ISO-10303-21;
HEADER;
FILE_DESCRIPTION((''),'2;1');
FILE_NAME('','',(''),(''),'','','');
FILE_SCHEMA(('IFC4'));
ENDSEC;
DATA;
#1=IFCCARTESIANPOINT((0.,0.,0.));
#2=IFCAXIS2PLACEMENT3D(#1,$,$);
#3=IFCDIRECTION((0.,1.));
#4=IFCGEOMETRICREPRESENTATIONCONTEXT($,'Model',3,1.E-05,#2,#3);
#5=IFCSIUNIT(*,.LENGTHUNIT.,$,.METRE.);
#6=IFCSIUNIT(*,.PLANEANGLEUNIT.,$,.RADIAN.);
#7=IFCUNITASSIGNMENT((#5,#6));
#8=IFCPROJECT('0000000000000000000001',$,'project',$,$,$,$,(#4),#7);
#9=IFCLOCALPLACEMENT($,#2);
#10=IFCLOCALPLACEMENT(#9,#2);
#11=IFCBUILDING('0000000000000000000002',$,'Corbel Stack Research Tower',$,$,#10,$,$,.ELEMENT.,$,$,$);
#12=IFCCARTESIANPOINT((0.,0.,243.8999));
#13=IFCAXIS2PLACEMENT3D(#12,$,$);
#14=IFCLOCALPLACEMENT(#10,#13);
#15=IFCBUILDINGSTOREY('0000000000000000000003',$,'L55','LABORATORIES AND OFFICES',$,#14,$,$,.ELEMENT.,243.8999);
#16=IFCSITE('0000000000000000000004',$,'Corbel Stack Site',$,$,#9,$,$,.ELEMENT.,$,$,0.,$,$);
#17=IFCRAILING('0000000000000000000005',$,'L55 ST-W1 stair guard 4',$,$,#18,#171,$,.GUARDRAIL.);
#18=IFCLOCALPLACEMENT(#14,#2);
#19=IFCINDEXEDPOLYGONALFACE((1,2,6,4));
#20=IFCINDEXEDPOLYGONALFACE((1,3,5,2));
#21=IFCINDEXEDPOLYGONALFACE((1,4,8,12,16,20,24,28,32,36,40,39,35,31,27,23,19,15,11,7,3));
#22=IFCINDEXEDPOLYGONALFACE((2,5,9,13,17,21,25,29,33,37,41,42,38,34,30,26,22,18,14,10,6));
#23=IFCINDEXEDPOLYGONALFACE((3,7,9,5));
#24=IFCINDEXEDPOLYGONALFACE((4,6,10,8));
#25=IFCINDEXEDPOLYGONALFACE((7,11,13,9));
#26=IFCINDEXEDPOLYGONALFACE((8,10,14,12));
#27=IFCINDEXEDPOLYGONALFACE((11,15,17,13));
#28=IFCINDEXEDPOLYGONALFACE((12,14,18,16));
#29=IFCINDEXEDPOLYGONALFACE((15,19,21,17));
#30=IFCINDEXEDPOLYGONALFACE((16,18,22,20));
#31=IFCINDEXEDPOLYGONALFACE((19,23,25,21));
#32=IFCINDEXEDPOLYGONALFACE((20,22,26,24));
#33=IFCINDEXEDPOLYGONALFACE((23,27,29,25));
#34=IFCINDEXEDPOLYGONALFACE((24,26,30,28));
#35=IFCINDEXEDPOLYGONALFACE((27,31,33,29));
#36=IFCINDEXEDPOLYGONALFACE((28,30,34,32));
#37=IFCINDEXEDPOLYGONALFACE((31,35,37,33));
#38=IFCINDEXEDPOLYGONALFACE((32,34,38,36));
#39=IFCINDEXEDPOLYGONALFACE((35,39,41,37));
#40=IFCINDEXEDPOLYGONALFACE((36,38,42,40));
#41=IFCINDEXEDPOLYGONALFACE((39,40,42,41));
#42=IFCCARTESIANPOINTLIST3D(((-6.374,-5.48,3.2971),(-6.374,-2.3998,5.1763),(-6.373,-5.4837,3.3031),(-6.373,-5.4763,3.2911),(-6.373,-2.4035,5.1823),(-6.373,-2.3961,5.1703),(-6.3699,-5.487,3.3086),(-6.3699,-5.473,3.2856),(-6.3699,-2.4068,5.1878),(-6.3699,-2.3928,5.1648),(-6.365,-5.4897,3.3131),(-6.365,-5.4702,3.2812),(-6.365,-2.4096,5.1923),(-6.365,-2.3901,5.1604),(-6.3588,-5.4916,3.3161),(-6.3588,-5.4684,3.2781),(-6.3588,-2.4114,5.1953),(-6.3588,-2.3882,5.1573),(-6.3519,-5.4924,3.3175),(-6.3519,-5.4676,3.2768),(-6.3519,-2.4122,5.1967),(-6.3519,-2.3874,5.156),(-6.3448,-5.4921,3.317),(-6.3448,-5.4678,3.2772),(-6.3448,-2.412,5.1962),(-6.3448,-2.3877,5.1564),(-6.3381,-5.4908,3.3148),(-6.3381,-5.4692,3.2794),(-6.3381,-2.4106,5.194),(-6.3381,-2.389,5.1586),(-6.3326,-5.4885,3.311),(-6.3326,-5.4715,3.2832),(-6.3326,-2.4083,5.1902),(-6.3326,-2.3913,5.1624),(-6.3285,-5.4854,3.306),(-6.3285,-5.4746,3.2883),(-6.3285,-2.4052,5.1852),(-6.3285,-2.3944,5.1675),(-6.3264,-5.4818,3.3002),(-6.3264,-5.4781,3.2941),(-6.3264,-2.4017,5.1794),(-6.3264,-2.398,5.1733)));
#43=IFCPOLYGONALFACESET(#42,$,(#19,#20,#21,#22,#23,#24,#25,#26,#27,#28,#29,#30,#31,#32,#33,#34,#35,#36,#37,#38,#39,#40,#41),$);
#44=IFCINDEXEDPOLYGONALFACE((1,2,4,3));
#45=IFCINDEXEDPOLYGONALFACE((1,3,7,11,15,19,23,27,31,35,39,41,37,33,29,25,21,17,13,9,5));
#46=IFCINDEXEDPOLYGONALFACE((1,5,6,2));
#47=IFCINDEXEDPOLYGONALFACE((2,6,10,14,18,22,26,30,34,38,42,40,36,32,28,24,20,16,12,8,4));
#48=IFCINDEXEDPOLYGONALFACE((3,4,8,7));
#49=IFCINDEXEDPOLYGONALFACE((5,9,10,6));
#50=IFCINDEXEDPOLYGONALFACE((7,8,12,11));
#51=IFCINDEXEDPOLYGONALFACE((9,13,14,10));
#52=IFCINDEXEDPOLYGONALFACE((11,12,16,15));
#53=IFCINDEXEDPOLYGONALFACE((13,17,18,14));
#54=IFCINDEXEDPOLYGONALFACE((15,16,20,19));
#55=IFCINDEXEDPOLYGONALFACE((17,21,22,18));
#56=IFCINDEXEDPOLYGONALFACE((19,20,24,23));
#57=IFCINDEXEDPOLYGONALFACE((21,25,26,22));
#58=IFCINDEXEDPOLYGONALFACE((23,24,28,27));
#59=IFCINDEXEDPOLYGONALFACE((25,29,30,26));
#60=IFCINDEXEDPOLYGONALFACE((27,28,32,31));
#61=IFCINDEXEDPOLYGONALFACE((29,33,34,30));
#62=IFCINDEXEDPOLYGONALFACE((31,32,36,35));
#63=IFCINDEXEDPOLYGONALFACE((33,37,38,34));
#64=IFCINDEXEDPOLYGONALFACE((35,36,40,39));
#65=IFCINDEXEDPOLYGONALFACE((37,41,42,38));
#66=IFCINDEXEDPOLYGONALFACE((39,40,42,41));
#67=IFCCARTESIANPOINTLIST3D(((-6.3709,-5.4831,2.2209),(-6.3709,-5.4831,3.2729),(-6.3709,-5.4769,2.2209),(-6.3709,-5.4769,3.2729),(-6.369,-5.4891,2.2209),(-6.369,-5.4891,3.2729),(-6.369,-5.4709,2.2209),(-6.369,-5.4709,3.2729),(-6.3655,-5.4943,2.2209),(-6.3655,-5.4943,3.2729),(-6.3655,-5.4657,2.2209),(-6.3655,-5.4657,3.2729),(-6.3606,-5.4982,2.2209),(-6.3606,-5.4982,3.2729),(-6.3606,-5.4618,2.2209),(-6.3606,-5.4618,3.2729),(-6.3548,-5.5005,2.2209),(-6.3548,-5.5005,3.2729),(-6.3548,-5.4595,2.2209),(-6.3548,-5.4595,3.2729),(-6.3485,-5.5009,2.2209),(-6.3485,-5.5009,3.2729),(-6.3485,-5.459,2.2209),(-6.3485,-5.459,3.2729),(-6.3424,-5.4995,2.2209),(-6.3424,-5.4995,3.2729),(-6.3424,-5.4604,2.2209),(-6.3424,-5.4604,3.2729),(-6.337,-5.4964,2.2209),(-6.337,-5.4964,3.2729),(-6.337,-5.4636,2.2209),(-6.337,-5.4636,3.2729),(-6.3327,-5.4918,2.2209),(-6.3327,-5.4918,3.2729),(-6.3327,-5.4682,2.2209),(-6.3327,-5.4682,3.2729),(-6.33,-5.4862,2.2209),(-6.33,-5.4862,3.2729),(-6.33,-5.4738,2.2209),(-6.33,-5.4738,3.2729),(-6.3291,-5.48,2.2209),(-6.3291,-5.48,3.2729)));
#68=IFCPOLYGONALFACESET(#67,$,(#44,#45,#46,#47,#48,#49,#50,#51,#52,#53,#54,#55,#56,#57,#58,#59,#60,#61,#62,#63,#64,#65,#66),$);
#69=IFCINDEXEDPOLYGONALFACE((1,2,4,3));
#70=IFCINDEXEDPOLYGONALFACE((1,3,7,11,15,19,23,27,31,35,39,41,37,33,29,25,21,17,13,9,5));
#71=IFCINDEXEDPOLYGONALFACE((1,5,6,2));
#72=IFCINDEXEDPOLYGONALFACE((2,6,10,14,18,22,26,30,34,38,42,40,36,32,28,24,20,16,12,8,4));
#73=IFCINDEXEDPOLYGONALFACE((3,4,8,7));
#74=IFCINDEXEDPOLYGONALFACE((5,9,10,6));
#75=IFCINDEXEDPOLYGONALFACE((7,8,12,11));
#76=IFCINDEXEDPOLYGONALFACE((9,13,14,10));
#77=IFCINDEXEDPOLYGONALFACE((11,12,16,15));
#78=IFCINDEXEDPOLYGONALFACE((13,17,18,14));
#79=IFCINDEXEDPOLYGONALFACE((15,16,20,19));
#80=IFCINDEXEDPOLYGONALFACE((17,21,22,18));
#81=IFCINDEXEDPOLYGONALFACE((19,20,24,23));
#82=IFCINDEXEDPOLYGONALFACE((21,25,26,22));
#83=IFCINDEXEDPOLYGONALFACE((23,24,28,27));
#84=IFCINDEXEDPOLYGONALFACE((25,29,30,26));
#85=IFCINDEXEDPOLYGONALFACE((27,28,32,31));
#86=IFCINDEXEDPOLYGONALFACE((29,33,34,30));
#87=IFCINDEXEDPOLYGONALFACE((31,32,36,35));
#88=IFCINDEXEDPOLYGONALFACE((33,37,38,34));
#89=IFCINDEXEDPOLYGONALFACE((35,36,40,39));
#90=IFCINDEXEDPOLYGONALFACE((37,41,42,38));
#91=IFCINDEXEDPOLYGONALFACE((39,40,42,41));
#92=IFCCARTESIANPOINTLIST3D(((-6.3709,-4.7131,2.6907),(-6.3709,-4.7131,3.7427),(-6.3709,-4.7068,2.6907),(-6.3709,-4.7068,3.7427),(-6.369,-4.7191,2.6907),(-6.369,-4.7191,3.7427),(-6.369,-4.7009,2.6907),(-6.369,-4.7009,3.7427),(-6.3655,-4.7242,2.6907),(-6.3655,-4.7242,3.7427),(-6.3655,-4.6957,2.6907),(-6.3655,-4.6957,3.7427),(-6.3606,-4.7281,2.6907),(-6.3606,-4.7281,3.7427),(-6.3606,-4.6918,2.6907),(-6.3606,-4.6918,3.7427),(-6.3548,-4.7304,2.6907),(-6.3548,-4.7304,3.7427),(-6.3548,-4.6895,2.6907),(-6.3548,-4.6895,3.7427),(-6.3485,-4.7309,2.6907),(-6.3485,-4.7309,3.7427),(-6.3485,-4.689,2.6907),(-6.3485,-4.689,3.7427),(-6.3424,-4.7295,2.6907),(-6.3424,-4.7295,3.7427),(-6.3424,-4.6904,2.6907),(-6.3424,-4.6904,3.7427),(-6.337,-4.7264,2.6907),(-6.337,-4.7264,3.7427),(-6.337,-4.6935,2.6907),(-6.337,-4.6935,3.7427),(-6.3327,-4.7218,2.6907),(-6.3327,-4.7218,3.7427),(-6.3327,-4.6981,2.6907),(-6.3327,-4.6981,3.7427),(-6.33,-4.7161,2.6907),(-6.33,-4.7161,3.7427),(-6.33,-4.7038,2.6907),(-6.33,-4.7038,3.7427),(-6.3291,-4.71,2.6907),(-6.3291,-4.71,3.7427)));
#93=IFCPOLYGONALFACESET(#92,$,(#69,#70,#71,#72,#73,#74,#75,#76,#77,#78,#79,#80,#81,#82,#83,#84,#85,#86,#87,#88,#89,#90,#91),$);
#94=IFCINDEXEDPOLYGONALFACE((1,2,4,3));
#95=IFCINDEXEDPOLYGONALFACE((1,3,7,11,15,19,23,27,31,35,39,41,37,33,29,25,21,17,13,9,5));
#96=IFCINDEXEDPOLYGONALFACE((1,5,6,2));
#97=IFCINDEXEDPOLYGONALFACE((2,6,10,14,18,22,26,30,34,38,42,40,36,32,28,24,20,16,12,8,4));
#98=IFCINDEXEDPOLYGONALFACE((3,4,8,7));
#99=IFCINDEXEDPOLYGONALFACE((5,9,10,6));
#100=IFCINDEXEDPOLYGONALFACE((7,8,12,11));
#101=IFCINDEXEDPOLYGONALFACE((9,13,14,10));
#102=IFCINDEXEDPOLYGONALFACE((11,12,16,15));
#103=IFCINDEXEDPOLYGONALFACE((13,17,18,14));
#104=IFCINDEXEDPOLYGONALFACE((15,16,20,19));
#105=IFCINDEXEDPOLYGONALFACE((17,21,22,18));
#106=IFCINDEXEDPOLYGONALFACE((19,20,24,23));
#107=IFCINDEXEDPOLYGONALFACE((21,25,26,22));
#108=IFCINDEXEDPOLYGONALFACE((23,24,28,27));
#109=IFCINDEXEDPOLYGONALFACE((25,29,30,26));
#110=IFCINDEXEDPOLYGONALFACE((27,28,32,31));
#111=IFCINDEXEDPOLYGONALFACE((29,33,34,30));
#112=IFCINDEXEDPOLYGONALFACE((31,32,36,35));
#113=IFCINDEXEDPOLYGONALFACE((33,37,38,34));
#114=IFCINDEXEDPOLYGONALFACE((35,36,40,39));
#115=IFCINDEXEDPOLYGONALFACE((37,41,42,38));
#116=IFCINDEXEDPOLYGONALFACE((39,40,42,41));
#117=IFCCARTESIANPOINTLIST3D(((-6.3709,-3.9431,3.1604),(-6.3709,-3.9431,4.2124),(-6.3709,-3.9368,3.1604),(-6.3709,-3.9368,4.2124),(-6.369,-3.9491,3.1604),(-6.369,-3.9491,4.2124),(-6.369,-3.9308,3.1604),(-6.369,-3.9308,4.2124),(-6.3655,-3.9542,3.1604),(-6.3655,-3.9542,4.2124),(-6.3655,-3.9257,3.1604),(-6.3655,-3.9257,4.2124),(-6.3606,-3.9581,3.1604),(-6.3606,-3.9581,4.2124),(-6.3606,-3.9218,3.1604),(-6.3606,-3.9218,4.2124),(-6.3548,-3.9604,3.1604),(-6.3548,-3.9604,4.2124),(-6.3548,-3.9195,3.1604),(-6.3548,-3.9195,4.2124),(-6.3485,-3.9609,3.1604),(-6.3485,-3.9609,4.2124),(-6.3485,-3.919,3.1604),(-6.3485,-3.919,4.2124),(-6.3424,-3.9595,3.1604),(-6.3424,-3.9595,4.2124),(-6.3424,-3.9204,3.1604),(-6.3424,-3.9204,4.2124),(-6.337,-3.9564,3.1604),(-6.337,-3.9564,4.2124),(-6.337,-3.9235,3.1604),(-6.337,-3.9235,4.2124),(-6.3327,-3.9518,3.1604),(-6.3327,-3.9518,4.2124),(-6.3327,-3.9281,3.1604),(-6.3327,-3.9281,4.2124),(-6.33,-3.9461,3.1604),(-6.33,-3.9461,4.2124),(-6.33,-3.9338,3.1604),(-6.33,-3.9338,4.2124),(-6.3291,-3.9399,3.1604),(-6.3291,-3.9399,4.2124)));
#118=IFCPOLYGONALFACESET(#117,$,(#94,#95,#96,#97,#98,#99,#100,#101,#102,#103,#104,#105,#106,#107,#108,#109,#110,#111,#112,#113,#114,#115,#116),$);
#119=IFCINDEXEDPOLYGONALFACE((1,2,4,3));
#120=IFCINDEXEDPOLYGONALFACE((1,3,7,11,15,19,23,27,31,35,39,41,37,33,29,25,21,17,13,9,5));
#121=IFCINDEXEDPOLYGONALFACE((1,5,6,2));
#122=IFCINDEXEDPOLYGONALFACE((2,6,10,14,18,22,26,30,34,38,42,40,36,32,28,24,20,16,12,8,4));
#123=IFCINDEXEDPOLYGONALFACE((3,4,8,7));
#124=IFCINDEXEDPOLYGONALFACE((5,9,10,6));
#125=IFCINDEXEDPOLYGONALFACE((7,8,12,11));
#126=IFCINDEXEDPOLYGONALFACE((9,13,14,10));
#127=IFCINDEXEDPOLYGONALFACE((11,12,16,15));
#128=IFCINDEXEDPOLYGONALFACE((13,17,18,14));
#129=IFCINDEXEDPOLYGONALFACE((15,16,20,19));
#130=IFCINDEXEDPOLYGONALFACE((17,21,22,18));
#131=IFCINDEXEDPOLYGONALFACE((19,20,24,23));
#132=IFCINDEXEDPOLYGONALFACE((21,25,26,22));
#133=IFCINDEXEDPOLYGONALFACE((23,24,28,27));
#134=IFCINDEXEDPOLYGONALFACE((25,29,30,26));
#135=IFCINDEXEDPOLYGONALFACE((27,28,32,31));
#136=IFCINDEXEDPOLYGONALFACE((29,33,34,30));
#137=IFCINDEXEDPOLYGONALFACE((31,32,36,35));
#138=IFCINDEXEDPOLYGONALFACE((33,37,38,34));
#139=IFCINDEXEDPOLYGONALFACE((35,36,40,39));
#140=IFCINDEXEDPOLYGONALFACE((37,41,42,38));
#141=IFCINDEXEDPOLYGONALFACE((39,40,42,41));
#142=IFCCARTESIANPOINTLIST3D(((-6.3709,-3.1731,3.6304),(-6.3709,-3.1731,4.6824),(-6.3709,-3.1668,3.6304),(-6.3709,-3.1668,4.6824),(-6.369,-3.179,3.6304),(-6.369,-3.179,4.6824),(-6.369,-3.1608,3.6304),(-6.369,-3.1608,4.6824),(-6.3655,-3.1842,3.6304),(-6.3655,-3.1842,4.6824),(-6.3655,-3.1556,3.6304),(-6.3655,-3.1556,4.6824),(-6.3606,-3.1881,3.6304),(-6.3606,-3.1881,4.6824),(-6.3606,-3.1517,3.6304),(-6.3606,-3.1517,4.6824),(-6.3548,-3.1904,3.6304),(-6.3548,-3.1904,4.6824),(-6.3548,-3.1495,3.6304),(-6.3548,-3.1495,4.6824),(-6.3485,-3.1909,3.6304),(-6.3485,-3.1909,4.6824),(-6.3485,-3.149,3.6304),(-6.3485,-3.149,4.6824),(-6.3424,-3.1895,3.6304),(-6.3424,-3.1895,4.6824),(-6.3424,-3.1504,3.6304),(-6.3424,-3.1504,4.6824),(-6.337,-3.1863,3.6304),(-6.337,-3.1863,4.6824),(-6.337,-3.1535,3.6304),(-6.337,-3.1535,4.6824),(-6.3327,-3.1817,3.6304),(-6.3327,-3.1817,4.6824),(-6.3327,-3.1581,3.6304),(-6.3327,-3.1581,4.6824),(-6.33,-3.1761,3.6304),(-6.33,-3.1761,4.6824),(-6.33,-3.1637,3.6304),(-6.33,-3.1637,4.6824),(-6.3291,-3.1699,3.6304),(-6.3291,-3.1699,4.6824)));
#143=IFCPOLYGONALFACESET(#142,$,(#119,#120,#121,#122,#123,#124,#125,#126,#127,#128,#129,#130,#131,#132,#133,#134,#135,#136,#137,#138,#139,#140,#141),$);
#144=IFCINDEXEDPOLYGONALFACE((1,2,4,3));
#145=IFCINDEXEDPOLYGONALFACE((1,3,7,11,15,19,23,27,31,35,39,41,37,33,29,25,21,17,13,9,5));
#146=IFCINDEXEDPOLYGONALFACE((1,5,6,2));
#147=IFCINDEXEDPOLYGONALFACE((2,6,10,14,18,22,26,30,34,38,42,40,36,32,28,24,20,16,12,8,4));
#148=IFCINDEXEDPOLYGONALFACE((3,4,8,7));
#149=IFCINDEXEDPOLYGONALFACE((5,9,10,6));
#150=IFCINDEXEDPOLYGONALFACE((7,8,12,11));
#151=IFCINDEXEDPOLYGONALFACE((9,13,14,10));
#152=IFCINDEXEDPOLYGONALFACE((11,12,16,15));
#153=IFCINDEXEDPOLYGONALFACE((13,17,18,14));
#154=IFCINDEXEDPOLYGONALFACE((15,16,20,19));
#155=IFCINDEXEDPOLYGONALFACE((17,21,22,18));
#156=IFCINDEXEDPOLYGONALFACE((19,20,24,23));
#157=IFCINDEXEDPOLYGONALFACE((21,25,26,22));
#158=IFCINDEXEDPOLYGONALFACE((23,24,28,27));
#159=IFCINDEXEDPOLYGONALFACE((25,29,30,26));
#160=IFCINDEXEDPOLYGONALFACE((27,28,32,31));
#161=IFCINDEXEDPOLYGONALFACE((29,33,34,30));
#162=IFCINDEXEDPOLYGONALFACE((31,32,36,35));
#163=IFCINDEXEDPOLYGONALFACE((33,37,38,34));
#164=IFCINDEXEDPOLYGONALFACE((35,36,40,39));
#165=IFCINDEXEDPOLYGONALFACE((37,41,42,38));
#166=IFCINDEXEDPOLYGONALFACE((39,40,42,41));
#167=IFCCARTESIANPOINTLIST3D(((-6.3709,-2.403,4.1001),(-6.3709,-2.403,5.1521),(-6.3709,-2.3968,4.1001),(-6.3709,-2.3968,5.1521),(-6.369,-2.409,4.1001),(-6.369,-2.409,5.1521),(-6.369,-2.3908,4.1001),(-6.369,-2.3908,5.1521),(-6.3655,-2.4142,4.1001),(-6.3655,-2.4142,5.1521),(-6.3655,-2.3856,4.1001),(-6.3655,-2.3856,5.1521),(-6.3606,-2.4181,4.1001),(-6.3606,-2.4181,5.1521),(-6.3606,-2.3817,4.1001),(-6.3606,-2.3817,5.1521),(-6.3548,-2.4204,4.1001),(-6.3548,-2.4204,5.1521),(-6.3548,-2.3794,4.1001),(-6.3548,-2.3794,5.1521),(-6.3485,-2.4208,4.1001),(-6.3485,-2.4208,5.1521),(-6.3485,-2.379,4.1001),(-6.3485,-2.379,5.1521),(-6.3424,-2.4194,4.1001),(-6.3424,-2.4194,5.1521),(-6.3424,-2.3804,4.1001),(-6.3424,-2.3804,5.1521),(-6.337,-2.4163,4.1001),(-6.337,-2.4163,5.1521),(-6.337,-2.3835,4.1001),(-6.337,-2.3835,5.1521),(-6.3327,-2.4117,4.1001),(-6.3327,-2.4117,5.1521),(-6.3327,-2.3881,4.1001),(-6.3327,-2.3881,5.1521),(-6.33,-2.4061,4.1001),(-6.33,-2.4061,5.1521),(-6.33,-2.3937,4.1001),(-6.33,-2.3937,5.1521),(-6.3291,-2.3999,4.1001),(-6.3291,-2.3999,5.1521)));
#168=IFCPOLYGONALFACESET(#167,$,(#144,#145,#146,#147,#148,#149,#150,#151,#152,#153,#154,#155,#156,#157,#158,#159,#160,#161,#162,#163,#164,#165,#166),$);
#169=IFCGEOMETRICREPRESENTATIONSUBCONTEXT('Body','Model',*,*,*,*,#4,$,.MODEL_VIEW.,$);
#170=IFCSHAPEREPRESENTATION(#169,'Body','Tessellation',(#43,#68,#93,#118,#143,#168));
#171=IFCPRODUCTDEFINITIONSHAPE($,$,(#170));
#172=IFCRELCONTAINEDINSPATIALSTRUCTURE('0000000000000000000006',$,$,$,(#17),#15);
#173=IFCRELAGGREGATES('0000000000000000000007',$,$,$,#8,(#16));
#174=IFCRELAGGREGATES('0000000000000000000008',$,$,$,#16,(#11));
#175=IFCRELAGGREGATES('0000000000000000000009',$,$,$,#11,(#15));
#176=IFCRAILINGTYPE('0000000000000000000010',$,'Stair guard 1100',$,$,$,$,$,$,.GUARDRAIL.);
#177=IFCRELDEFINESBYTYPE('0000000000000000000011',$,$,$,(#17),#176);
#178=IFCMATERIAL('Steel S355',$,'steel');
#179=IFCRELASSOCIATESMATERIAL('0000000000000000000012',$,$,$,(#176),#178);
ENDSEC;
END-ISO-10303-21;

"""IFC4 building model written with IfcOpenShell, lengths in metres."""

from ifc_helpers import new_model, si_unit, direction, frame, origin, origin_2d, place, context, subcontext, project, spatial, circle, extrude, material, type_object, element, save


model = new_model("IFC4")

# Units and contexts
model_context = context("Model", 3, precision=1e-05, world=origin(), true_north=direction((0.0, 1.0)))
body_context = subcontext(model_context, "Body", "Model", "MODEL_VIEW")
ifc_project = project(units=[si_unit("LENGTHUNIT", "METRE"), si_unit("PLANEANGLEUNIT", "RADIAN")], contexts=[model_context])

# Site, building, storey
site_placement = place(None, origin())
site = spatial("IfcSite", under=ifc_project, at=site_placement, Name="Corbel Stack Site", CompositionType="ELEMENT", RefElevation=0.0)
building_placement = place(site_placement, origin())
building = spatial("IfcBuilding", under=site, at=building_placement, Name="Corbel Stack Research Tower", CompositionType="ELEMENT")
storey_placement = place(building_placement, frame((0.0, 0.0, 243.8999)))
storey = spatial("IfcBuildingStorey", under=building, at=storey_placement, Name="L55", Description="LABORATORIES AND OFFICES", CompositionType="ELEMENT", Elevation=243.8999)

# Railing
ifc_material_1 = material(Name="Steel S355", Category="steel")
railing_type = type_object("IfcRailingType", Name="Stair guard 1100", PredefinedType="GUARDRAIL", material=ifc_material_1)
railing_1_placement = place(storey_placement, frame((-6.3501, -5.48, 2.2209)))
element("IfcRailing", 1, at=railing_1_placement, inside=storey, type_object=railing_type, Name="L55 ST-W1 stair guard 4", PredefinedType="GUARDRAIL", context=body_context, shape_type="SweptSolid", body=[
    extrude(circle(Radius=0.0239, at=origin_2d()), frame((0.0, 0.0, 1.0762), z_axis=(0.0, 0.853666, 0.52082), x_axis=(-1.0, 0.0, 0.0)), (0.0, 0.0, 1.0), 3.6082),
    extrude(circle(Radius=0.021, at=origin_2d()), origin(), (0.0, 0.0, 1.0), 1.052),
    extrude(circle(Radius=0.021, at=origin_2d()), frame((0.0, 0.77, 0.4697)), (0.0, 0.0, 1.0), 1.052),
    extrude(circle(Radius=0.021, at=origin_2d()), frame((0.0, 1.54, 0.9395)), (0.0, 0.0, 1.0), 1.052),
    extrude(circle(Radius=0.021, at=origin_2d()), frame((0.0, 2.3101, 1.4094)), (0.0, 0.0, 1.0), 1.052),
    extrude(circle(Radius=0.021, at=origin_2d()), frame((0.0, 3.0801, 1.8792)), (0.0, 0.0, 1.0), 1.052),
])

save(model, "model.ifc")
